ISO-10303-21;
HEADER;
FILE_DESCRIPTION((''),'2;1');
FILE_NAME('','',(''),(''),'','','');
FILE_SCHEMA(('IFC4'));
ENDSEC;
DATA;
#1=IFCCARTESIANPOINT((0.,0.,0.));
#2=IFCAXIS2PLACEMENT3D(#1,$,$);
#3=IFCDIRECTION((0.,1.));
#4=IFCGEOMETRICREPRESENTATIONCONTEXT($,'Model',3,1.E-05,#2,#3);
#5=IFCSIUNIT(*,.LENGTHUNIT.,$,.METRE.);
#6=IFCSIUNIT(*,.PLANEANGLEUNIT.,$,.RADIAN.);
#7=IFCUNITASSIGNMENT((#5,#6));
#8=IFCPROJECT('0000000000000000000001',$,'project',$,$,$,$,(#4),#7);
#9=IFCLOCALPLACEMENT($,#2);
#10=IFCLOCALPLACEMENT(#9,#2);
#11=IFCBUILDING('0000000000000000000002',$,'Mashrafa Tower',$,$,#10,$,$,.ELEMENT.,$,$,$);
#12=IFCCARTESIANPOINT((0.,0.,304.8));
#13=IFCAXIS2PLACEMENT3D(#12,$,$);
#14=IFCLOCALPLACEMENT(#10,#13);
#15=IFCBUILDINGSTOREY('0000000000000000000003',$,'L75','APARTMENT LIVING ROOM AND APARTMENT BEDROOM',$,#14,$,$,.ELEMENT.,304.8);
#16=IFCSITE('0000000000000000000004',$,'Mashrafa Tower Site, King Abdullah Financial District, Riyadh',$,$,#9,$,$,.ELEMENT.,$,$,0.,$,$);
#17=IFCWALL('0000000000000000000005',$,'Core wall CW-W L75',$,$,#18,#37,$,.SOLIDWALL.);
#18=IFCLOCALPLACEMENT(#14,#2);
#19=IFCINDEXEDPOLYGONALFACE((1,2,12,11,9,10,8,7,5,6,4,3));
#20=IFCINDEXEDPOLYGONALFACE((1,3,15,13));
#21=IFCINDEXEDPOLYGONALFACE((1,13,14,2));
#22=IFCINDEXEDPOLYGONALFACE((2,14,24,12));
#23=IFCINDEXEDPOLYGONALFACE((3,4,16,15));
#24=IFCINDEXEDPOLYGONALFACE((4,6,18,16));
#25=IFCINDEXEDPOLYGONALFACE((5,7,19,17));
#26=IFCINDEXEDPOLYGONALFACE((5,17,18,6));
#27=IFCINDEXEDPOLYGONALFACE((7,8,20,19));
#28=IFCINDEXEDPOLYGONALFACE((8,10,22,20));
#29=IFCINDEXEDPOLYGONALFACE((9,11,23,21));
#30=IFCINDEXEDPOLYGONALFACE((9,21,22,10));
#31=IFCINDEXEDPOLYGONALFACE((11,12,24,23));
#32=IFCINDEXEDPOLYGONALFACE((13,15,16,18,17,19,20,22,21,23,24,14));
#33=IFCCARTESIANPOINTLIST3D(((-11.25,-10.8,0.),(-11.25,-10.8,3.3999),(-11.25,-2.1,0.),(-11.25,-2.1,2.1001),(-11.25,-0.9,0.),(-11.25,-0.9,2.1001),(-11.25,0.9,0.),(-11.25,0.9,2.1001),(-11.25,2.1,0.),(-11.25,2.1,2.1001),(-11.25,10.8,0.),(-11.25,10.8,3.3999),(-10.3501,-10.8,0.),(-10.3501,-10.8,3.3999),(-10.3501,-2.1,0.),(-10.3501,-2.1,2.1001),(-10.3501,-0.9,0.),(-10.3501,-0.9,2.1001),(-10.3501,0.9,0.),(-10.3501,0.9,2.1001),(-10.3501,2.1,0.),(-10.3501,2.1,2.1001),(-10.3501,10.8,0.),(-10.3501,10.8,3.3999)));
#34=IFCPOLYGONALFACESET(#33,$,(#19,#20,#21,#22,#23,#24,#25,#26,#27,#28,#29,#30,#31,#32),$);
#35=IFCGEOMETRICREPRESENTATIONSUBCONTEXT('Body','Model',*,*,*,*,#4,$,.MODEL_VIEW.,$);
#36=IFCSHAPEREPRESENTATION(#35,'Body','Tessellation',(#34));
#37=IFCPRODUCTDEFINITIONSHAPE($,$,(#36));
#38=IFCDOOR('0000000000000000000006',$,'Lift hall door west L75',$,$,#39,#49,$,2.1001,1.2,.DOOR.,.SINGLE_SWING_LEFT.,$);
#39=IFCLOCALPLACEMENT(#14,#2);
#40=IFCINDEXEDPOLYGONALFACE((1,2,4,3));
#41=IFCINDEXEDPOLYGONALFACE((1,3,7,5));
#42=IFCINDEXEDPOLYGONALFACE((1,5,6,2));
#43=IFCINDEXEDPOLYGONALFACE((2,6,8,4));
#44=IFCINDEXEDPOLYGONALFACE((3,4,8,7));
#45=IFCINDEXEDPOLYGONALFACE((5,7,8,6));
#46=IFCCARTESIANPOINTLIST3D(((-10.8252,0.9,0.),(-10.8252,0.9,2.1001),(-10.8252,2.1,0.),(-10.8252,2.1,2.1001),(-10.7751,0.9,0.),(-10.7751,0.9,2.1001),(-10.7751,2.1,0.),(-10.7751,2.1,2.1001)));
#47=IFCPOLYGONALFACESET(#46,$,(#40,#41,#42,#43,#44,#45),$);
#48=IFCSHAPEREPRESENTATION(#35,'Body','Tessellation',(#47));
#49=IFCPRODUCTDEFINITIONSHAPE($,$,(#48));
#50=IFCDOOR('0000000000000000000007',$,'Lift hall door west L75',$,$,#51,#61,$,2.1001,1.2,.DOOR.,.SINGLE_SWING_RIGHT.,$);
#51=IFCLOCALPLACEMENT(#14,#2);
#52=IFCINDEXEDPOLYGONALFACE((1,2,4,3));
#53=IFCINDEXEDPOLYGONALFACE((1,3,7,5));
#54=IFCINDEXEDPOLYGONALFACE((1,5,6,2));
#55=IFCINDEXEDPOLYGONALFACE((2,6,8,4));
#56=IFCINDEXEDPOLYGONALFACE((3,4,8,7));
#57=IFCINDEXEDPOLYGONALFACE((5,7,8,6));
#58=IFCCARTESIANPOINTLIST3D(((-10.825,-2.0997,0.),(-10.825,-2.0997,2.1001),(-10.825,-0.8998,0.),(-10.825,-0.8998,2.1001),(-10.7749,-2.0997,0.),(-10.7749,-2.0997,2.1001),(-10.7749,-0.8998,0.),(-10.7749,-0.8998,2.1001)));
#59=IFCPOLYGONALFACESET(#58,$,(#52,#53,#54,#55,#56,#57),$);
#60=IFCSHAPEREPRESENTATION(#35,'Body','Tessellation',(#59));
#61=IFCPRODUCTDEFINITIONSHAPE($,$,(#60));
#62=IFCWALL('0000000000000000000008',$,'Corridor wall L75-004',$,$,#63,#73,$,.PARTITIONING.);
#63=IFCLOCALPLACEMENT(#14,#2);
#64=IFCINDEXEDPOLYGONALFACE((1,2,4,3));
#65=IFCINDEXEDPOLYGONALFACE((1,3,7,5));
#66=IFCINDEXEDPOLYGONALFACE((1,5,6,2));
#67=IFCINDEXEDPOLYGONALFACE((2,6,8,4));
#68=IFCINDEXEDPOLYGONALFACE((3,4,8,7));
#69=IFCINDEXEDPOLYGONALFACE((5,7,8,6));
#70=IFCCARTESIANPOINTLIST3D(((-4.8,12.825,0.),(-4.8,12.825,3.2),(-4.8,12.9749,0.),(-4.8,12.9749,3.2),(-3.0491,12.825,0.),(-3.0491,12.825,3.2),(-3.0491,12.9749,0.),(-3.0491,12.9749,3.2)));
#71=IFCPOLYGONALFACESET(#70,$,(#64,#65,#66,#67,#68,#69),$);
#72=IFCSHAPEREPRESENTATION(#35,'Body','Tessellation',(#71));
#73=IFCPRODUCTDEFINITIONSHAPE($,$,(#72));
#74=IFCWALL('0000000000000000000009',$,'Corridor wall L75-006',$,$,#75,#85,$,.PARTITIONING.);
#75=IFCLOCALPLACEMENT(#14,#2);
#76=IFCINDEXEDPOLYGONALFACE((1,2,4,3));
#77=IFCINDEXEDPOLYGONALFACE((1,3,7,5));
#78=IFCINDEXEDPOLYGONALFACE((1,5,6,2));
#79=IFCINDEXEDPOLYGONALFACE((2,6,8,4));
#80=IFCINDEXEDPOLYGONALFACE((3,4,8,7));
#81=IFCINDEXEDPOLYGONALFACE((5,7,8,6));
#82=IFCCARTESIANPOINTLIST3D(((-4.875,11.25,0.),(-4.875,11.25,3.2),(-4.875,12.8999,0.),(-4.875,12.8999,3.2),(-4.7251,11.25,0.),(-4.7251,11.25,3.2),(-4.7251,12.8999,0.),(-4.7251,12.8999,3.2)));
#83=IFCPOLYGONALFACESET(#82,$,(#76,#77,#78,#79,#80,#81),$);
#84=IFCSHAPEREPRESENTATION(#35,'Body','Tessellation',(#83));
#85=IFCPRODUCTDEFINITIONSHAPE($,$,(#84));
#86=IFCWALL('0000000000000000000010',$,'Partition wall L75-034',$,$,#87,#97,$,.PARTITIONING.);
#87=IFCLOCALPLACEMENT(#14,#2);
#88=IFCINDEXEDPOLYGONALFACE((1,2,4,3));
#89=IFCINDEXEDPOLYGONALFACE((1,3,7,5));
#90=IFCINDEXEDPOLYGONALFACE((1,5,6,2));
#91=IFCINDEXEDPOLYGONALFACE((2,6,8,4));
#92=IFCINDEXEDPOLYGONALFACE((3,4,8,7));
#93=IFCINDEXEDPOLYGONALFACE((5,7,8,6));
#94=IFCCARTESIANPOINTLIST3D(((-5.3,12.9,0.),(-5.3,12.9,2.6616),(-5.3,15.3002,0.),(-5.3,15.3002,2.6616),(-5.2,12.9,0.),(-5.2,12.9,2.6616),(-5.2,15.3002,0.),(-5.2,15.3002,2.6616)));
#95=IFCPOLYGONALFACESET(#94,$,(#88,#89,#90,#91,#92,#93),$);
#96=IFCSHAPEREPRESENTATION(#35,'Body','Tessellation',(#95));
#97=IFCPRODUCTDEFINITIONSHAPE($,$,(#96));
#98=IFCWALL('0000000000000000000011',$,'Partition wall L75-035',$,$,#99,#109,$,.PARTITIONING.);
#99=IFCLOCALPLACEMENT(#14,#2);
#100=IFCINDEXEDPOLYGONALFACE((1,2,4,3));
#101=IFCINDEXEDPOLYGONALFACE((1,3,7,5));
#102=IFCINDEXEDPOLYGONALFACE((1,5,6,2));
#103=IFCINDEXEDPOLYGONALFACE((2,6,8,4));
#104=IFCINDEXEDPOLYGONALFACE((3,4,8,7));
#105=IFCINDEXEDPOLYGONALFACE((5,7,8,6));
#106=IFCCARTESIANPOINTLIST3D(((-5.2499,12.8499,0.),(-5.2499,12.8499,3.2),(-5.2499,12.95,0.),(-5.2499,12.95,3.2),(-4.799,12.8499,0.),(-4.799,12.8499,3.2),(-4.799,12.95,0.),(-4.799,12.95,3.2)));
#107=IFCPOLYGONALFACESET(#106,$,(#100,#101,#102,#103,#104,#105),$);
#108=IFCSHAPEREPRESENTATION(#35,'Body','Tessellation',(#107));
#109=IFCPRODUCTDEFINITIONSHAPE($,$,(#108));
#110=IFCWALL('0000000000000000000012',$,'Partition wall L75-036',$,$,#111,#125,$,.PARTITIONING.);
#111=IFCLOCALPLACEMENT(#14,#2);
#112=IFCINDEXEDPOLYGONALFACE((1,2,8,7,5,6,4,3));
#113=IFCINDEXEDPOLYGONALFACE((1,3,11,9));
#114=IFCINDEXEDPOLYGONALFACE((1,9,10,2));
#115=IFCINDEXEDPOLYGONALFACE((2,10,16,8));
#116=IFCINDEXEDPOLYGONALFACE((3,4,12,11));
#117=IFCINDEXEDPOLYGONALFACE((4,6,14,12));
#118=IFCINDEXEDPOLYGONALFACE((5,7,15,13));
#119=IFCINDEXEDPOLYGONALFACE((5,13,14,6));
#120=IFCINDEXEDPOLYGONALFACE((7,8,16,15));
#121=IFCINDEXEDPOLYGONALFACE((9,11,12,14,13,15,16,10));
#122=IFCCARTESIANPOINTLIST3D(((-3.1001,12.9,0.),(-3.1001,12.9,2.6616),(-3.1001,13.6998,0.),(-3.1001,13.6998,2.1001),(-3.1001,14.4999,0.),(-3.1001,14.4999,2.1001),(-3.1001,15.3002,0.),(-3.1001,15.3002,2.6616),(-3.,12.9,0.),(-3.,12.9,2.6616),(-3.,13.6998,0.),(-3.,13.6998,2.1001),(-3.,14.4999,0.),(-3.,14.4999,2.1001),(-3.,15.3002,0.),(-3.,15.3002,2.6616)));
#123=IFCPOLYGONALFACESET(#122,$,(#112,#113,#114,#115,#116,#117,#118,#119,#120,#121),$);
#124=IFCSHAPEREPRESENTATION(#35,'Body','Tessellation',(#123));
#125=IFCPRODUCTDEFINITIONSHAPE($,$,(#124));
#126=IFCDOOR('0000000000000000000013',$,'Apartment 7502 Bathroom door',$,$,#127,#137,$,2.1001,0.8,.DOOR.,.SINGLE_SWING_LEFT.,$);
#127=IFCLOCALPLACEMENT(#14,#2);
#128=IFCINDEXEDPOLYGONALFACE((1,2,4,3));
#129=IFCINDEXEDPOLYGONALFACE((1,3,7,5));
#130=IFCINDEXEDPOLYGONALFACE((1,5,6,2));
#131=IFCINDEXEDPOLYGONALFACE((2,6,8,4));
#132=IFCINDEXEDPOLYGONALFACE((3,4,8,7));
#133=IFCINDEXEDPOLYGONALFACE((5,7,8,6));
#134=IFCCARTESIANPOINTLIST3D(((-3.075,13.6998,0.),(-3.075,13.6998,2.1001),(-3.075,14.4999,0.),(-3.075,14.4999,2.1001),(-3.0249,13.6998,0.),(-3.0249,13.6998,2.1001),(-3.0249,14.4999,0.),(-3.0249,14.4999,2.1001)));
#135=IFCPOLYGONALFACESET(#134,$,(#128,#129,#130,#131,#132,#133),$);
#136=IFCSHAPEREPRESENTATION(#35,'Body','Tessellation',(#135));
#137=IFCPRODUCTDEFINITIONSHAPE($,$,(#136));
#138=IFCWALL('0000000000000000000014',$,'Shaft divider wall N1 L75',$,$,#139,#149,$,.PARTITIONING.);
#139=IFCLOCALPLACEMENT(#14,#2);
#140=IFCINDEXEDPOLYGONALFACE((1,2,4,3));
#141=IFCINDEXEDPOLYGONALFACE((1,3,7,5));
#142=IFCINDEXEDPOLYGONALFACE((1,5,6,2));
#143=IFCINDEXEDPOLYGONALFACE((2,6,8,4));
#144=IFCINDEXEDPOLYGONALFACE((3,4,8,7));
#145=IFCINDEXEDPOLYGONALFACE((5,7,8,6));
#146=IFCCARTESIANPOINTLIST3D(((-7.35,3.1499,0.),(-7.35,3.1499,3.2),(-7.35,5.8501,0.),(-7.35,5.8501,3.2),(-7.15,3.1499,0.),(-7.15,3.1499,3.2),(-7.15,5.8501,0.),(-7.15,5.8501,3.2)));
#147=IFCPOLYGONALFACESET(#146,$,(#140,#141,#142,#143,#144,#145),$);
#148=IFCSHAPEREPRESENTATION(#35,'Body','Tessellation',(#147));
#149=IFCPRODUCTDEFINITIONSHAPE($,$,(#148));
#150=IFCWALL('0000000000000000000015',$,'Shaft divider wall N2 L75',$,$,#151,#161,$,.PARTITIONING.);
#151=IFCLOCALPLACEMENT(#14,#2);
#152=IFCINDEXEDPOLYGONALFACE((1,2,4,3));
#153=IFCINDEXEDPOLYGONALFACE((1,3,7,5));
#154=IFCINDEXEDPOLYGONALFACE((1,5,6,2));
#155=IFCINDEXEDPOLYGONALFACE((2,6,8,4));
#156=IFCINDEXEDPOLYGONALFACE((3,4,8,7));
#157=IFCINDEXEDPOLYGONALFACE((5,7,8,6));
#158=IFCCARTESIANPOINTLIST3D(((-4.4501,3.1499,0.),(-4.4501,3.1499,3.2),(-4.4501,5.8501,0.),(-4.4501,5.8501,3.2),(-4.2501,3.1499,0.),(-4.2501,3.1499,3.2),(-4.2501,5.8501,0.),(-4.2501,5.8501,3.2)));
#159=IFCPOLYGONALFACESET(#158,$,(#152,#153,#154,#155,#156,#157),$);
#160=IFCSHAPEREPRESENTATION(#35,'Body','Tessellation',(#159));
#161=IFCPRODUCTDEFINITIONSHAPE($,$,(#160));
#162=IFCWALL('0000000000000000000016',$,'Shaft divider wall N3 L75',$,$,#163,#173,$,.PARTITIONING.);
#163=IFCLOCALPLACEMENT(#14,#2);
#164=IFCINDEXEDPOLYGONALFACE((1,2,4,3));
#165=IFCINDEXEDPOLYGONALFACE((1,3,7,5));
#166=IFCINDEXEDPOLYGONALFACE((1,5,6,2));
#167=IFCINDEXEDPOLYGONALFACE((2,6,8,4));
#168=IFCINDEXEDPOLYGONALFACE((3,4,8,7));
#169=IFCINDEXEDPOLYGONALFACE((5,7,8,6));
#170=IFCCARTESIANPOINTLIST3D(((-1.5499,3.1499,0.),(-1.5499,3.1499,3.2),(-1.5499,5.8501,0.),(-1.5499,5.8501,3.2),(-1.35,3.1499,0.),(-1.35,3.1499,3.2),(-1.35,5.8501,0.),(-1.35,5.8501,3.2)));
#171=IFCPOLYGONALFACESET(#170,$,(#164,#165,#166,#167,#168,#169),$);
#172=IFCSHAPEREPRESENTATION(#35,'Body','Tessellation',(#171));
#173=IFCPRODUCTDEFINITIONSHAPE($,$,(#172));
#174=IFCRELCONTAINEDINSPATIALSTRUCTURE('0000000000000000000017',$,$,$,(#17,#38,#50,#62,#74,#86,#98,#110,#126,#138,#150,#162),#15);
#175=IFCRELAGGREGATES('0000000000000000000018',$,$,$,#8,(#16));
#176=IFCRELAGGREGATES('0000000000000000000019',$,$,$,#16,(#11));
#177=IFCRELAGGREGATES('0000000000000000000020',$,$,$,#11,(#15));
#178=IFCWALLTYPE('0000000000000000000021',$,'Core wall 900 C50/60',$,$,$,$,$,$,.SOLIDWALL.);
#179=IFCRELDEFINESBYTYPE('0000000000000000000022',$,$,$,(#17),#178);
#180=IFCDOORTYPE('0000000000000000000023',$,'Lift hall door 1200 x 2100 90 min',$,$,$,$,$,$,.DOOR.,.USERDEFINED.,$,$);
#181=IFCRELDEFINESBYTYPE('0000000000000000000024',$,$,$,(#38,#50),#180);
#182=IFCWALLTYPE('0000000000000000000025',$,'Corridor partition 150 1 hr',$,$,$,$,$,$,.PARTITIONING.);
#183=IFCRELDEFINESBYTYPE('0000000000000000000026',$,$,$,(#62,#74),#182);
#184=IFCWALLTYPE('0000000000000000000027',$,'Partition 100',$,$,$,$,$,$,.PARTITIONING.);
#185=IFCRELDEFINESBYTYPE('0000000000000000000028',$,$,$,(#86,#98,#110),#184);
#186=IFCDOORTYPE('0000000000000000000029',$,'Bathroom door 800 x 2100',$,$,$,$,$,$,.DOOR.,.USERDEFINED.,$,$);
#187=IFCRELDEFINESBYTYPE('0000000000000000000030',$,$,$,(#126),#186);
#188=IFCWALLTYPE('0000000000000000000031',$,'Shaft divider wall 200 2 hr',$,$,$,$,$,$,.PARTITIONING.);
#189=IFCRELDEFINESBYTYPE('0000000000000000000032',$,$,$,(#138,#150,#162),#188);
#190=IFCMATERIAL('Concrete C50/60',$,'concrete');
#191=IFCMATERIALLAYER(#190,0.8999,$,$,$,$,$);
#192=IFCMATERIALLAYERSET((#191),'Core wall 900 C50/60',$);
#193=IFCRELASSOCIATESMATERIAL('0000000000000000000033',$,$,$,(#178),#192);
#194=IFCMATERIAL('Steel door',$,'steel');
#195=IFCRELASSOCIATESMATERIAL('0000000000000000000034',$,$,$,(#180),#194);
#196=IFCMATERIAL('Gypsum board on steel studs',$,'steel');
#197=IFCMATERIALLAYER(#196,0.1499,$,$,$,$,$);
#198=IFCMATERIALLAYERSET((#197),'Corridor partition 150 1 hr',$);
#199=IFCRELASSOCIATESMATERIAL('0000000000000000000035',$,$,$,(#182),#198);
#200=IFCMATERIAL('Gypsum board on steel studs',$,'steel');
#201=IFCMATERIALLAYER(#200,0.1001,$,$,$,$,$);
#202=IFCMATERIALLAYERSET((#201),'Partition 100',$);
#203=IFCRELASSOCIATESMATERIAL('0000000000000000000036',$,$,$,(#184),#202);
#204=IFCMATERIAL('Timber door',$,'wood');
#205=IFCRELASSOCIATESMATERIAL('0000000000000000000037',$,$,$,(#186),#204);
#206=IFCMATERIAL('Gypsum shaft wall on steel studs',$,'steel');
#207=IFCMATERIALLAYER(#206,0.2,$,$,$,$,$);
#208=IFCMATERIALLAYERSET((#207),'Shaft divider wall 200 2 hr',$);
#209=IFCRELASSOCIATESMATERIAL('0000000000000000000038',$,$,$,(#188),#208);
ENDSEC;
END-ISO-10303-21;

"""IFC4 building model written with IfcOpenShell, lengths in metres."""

from ifc_helpers import new_model, si_unit, direction, frame, frame_2d, origin, place, context, subcontext, project, spatial, rectangle, extrude, material, layer, layer_set, type_object, element, fill, save


model = new_model("IFC4")

# Units and contexts
model_context = context("Model", 3, precision=1e-05, world=origin(), true_north=direction((0.0, 1.0)))
body_context = subcontext(model_context, "Body", "Model", "MODEL_VIEW")
ifc_project = project(units=[si_unit("LENGTHUNIT", "METRE"), si_unit("PLANEANGLEUNIT", "RADIAN")], contexts=[model_context])

# Site, building, storey
site_placement = place(None, origin())
site = spatial("IfcSite", under=ifc_project, at=site_placement, Name="Mashrafa Tower Site, King Abdullah Financial District, Riyadh", CompositionType="ELEMENT", RefElevation=0.0)
building_placement = place(site_placement, origin())
building = spatial("IfcBuilding", under=site, at=building_placement, Name="Mashrafa Tower", CompositionType="ELEMENT")
storey_placement = place(building_placement, frame((0.0, 0.0, 304.8)))
storey = spatial("IfcBuildingStorey", under=building, at=storey_placement, Name="L75", Description="APARTMENT LIVING ROOM AND APARTMENT BEDROOM", CompositionType="ELEMENT", Elevation=304.8)

# Wall, openings, doors
ifc_material_1 = material(Name="Concrete C50/60", Category="concrete")
ifc_layer_1 = layer(ifc_material_1, 0.8999)
ifc_layer_set_1 = layer_set([ifc_layer_1], Name="Core wall 900 C50/60")
wall_type_1 = type_object("IfcWallType", Name="Core wall 900 C50/60", PredefinedType="SOLIDWALL", material=ifc_layer_set_1)
wall_1_placement = place(storey_placement, frame((-10.8, 10.8, 0.0), z_axis=(0.0, 0.0, 1.0), x_axis=(0.0, -1.0, 0.0)))
wall_1 = element("IfcWall", 1, at=wall_1_placement, inside=storey, type_object=wall_type_1, Name="Core wall CW-W L75", PredefinedType="SOLIDWALL", context=body_context, shape_type="SweptSolid", body=[
    extrude(rectangle(XDim=21.6001, YDim=0.8999, at=frame_2d((10.8, 0.0))), origin(), (0.0, 0.0, 1.0), 3.3999),
])
opening_1_placement = place(wall_1_placement, frame((8.7, 0.0, 0.0)))
opening_1 = element("IfcOpeningElement", 2, at=opening_1_placement, cuts=wall_1, PredefinedType="OPENING", context=body_context, shape_type="SweptSolid", body=[
    extrude(rectangle(XDim=1.2, YDim=2.1001, at=frame_2d((0.6001, 1.05))), frame((0.0, 0.46, 0.0), z_axis=(0.0, -1.0, 0.0), x_axis=(1.0, 0.0, 0.0)), (0.0, 0.0, 1.0), 0.9199),
])
opening_2_placement = place(wall_1_placement, frame((11.7, 0.0, 0.0)))
opening_2 = element("IfcOpeningElement", 3, at=opening_2_placement, cuts=wall_1, PredefinedType="OPENING", context=body_context, shape_type="SweptSolid", body=[
    extrude(rectangle(XDim=1.2, YDim=2.1001, at=frame_2d((0.6001, 1.05))), frame((0.0, 0.46, 0.0), z_axis=(0.0, -1.0, 0.0), x_axis=(1.0, 0.0, 0.0)), (0.0, 0.0, 1.0), 0.9199),
])
ifc_material_2 = material(Name="Steel door", Category="steel")
door_type_1 = type_object("IfcDoorType", Name="Lift hall door 1200 x 2100 90 min", OperationType="USERDEFINED", PredefinedType="DOOR", material=ifc_material_2)
door_1_placement = place(opening_1_placement, origin())
door_1 = element("IfcDoor", 4, at=door_1_placement, inside=storey, type_object=door_type_1, Name="Lift hall door west L75", OperationType="SINGLE_SWING_LEFT", OverallHeight=2.1001, OverallWidth=1.2, PredefinedType="DOOR", context=body_context, shape_type="SweptSolid", body=[
    extrude(rectangle(XDim=1.2, YDim=2.1001, at=frame_2d((0.6001, 1.05))), frame((0.0, 0.0249, 0.0), z_axis=(0.0, -1.0, 0.0), x_axis=(1.0, 0.0, 0.0)), (0.0, 0.0, 1.0), 0.05),
])
fill(opening_1, door_1)
door_2_placement = place(opening_2_placement, frame((1.2, 0.0, 0.0), z_axis=(0.0, 0.0, 1.0), x_axis=(-1.0, 0.0, 0.0)))
door_2 = element("IfcDoor", 5, at=door_2_placement, inside=storey, type_object=door_type_1, Name="Lift hall door west L75", OperationType="SINGLE_SWING_RIGHT", OverallHeight=2.1001, OverallWidth=1.2, PredefinedType="DOOR", context=body_context, shape_type="SweptSolid", body=[
    extrude(rectangle(XDim=1.2, YDim=2.1001, at=frame_2d((0.6001, 1.05))), frame((0.0, 0.0249, 0.0), z_axis=(0.0, -1.0, 0.0), x_axis=(1.0, 0.0, 0.0)), (0.0, 0.0, 1.0), 0.05),
])
fill(opening_2, door_2)

# Walls
ifc_material_3 = material(Name="Gypsum board on steel studs", Category="steel")
ifc_layer_2 = layer(ifc_material_3, 0.1499)
ifc_layer_set_2 = layer_set([ifc_layer_2], Name="Corridor partition 150 1 hr")
wall_type_2 = type_object("IfcWallType", Name="Corridor partition 150 1 hr", PredefinedType="PARTITIONING", material=ifc_layer_set_2)
wall_2_placement = place(storey_placement, frame((-3.0491, 12.8999, 0.0), z_axis=(0.0, 0.0, 1.0), x_axis=(-1.0, 0.0, 0.0)))
element("IfcWall", 6, at=wall_2_placement, inside=storey, type_object=wall_type_2, Name="Corridor wall L75-004", PredefinedType="PARTITIONING", context=body_context, shape_type="SweptSolid", body=[
    extrude(rectangle(XDim=1.751, YDim=0.1499, at=frame_2d((0.8755, 0.0))), origin(), (0.0, 0.0, 1.0), 3.2),
])
wall_3_placement = place(storey_placement, frame((-4.8, 12.8999, 0.0), z_axis=(0.0, 0.0, 1.0), x_axis=(0.0, -1.0, 0.0)))
element("IfcWall", 7, at=wall_3_placement, inside=storey, type_object=wall_type_2, Name="Corridor wall L75-006", PredefinedType="PARTITIONING", context=body_context, shape_type="SweptSolid", body=[
    extrude(rectangle(XDim=1.6499, YDim=0.1499, at=frame_2d((0.825, 0.0))), origin(), (0.0, 0.0, 1.0), 3.2),
])
ifc_material_4 = material(Name="Gypsum board on steel studs", Category="steel")
ifc_layer_3 = layer(ifc_material_4, 0.1001)
ifc_layer_set_3 = layer_set([ifc_layer_3], Name="Partition 100")
wall_type_3 = type_object("IfcWallType", Name="Partition 100", PredefinedType="PARTITIONING", material=ifc_layer_set_3)
wall_4_placement = place(storey_placement, frame((-5.25, 12.8999, 0.0), z_axis=(0.0, 0.0, 1.0), x_axis=(0.0, 1.0, 0.0)))
element("IfcWall", 8, at=wall_4_placement, inside=storey, type_object=wall_type_3, Name="Partition wall L75-034", PredefinedType="PARTITIONING", context=body_context, shape_type="SweptSolid", body=[
    extrude(rectangle(XDim=2.4001, YDim=0.1001, at=frame_2d((1.2002, 0.0))), origin(), (0.0, 0.0, 1.0), 2.6616),
])
wall_5_placement = place(storey_placement, frame((-5.25, 12.8999, 0.0), z_axis=(0.0, 0.0, 1.0), x_axis=(1.0, 0.0, 0.0)))
element("IfcWall", 9, at=wall_5_placement, inside=storey, type_object=wall_type_3, Name="Partition wall L75-035", PredefinedType="PARTITIONING", context=body_context, shape_type="SweptSolid", body=[
    extrude(rectangle(XDim=0.4509, YDim=0.1001, at=frame_2d((0.2256, 0.0))), origin(), (0.0, 0.0, 1.0), 3.2),
])

# Wall, opening, door
wall_6_placement = place(storey_placement, frame((-3.05, 12.8999, 0.0), z_axis=(0.0, 0.0, 1.0), x_axis=(0.0, 1.0, 0.0)))
wall_6 = element("IfcWall", 10, at=wall_6_placement, inside=storey, type_object=wall_type_3, Name="Partition wall L75-036", PredefinedType="PARTITIONING", context=body_context, shape_type="SweptSolid", body=[
    extrude(rectangle(XDim=2.4001, YDim=0.1001, at=frame_2d((1.2002, 0.0))), origin(), (0.0, 0.0, 1.0), 2.6616),
])
opening_3_placement = place(wall_6_placement, frame((0.8, 0.0, 0.0)))
opening_3 = element("IfcOpeningElement", 11, at=opening_3_placement, cuts=wall_6, PredefinedType="OPENING", context=body_context, shape_type="SweptSolid", body=[
    extrude(rectangle(XDim=0.8, YDim=2.1001, at=frame_2d((0.3999, 1.05))), frame((0.0, 0.0601, 0.0), z_axis=(0.0, -1.0, 0.0), x_axis=(1.0, 0.0, 0.0)), (0.0, 0.0, 1.0), 0.1201),
])
ifc_material_5 = material(Name="Timber door", Category="wood")
door_type_2 = type_object("IfcDoorType", Name="Bathroom door 800 x 2100", OperationType="USERDEFINED", PredefinedType="DOOR", material=ifc_material_5)
door_3_placement = place(opening_3_placement, origin())
door_3 = element("IfcDoor", 12, at=door_3_placement, inside=storey, type_object=door_type_2, Name="Apartment 7502 Bathroom door", OperationType="SINGLE_SWING_LEFT", OverallHeight=2.1001, OverallWidth=0.8, PredefinedType="DOOR", context=body_context, shape_type="SweptSolid", body=[
    extrude(rectangle(XDim=0.8, YDim=2.1001, at=frame_2d((0.3999, 1.05))), frame((0.0, 0.0249, 0.0), z_axis=(0.0, -1.0, 0.0), x_axis=(1.0, 0.0, 0.0)), (0.0, 0.0, 1.0), 0.05),
])
fill(opening_3, door_3)

# Walls
ifc_material_6 = material(Name="Gypsum shaft wall on steel studs", Category="steel")
ifc_layer_4 = layer(ifc_material_6, 0.2)
ifc_layer_set_4 = layer_set([ifc_layer_4], Name="Shaft divider wall 200 2 hr")
wall_type_4 = type_object("IfcWallType", Name="Shaft divider wall 200 2 hr", PredefinedType="PARTITIONING", material=ifc_layer_set_4)
for number, where, z_axis, x_axis, name in (
    (13, (-7.25, 3.1499, 0.0), (0.0, 0.0, 1.0), (0.0, 1.0, 0.0), "Shaft divider wall N1 L75"),
    (14, (-4.3501, 3.1499, 0.0), (0.0, 0.0, 1.0), (0.0, 1.0, 0.0), "Shaft divider wall N2 L75"),
    (15, (-1.45, 3.1499, 0.0), (0.0, 0.0, 1.0), (0.0, 1.0, 0.0), "Shaft divider wall N3 L75"),
):
    element("IfcWall", number, at=place(storey_placement, frame(where, z_axis=z_axis, x_axis=x_axis)), inside=storey, type_object=wall_type_4, Name=name, PredefinedType="PARTITIONING", context=body_context, shape_type="SweptSolid", body=[
        extrude(rectangle(XDim=2.7002, YDim=0.2, at=frame_2d((1.3501, 0.0))), origin(), (0.0, 0.0, 1.0), 3.2),
    ])

save(model, "model.ifc")
